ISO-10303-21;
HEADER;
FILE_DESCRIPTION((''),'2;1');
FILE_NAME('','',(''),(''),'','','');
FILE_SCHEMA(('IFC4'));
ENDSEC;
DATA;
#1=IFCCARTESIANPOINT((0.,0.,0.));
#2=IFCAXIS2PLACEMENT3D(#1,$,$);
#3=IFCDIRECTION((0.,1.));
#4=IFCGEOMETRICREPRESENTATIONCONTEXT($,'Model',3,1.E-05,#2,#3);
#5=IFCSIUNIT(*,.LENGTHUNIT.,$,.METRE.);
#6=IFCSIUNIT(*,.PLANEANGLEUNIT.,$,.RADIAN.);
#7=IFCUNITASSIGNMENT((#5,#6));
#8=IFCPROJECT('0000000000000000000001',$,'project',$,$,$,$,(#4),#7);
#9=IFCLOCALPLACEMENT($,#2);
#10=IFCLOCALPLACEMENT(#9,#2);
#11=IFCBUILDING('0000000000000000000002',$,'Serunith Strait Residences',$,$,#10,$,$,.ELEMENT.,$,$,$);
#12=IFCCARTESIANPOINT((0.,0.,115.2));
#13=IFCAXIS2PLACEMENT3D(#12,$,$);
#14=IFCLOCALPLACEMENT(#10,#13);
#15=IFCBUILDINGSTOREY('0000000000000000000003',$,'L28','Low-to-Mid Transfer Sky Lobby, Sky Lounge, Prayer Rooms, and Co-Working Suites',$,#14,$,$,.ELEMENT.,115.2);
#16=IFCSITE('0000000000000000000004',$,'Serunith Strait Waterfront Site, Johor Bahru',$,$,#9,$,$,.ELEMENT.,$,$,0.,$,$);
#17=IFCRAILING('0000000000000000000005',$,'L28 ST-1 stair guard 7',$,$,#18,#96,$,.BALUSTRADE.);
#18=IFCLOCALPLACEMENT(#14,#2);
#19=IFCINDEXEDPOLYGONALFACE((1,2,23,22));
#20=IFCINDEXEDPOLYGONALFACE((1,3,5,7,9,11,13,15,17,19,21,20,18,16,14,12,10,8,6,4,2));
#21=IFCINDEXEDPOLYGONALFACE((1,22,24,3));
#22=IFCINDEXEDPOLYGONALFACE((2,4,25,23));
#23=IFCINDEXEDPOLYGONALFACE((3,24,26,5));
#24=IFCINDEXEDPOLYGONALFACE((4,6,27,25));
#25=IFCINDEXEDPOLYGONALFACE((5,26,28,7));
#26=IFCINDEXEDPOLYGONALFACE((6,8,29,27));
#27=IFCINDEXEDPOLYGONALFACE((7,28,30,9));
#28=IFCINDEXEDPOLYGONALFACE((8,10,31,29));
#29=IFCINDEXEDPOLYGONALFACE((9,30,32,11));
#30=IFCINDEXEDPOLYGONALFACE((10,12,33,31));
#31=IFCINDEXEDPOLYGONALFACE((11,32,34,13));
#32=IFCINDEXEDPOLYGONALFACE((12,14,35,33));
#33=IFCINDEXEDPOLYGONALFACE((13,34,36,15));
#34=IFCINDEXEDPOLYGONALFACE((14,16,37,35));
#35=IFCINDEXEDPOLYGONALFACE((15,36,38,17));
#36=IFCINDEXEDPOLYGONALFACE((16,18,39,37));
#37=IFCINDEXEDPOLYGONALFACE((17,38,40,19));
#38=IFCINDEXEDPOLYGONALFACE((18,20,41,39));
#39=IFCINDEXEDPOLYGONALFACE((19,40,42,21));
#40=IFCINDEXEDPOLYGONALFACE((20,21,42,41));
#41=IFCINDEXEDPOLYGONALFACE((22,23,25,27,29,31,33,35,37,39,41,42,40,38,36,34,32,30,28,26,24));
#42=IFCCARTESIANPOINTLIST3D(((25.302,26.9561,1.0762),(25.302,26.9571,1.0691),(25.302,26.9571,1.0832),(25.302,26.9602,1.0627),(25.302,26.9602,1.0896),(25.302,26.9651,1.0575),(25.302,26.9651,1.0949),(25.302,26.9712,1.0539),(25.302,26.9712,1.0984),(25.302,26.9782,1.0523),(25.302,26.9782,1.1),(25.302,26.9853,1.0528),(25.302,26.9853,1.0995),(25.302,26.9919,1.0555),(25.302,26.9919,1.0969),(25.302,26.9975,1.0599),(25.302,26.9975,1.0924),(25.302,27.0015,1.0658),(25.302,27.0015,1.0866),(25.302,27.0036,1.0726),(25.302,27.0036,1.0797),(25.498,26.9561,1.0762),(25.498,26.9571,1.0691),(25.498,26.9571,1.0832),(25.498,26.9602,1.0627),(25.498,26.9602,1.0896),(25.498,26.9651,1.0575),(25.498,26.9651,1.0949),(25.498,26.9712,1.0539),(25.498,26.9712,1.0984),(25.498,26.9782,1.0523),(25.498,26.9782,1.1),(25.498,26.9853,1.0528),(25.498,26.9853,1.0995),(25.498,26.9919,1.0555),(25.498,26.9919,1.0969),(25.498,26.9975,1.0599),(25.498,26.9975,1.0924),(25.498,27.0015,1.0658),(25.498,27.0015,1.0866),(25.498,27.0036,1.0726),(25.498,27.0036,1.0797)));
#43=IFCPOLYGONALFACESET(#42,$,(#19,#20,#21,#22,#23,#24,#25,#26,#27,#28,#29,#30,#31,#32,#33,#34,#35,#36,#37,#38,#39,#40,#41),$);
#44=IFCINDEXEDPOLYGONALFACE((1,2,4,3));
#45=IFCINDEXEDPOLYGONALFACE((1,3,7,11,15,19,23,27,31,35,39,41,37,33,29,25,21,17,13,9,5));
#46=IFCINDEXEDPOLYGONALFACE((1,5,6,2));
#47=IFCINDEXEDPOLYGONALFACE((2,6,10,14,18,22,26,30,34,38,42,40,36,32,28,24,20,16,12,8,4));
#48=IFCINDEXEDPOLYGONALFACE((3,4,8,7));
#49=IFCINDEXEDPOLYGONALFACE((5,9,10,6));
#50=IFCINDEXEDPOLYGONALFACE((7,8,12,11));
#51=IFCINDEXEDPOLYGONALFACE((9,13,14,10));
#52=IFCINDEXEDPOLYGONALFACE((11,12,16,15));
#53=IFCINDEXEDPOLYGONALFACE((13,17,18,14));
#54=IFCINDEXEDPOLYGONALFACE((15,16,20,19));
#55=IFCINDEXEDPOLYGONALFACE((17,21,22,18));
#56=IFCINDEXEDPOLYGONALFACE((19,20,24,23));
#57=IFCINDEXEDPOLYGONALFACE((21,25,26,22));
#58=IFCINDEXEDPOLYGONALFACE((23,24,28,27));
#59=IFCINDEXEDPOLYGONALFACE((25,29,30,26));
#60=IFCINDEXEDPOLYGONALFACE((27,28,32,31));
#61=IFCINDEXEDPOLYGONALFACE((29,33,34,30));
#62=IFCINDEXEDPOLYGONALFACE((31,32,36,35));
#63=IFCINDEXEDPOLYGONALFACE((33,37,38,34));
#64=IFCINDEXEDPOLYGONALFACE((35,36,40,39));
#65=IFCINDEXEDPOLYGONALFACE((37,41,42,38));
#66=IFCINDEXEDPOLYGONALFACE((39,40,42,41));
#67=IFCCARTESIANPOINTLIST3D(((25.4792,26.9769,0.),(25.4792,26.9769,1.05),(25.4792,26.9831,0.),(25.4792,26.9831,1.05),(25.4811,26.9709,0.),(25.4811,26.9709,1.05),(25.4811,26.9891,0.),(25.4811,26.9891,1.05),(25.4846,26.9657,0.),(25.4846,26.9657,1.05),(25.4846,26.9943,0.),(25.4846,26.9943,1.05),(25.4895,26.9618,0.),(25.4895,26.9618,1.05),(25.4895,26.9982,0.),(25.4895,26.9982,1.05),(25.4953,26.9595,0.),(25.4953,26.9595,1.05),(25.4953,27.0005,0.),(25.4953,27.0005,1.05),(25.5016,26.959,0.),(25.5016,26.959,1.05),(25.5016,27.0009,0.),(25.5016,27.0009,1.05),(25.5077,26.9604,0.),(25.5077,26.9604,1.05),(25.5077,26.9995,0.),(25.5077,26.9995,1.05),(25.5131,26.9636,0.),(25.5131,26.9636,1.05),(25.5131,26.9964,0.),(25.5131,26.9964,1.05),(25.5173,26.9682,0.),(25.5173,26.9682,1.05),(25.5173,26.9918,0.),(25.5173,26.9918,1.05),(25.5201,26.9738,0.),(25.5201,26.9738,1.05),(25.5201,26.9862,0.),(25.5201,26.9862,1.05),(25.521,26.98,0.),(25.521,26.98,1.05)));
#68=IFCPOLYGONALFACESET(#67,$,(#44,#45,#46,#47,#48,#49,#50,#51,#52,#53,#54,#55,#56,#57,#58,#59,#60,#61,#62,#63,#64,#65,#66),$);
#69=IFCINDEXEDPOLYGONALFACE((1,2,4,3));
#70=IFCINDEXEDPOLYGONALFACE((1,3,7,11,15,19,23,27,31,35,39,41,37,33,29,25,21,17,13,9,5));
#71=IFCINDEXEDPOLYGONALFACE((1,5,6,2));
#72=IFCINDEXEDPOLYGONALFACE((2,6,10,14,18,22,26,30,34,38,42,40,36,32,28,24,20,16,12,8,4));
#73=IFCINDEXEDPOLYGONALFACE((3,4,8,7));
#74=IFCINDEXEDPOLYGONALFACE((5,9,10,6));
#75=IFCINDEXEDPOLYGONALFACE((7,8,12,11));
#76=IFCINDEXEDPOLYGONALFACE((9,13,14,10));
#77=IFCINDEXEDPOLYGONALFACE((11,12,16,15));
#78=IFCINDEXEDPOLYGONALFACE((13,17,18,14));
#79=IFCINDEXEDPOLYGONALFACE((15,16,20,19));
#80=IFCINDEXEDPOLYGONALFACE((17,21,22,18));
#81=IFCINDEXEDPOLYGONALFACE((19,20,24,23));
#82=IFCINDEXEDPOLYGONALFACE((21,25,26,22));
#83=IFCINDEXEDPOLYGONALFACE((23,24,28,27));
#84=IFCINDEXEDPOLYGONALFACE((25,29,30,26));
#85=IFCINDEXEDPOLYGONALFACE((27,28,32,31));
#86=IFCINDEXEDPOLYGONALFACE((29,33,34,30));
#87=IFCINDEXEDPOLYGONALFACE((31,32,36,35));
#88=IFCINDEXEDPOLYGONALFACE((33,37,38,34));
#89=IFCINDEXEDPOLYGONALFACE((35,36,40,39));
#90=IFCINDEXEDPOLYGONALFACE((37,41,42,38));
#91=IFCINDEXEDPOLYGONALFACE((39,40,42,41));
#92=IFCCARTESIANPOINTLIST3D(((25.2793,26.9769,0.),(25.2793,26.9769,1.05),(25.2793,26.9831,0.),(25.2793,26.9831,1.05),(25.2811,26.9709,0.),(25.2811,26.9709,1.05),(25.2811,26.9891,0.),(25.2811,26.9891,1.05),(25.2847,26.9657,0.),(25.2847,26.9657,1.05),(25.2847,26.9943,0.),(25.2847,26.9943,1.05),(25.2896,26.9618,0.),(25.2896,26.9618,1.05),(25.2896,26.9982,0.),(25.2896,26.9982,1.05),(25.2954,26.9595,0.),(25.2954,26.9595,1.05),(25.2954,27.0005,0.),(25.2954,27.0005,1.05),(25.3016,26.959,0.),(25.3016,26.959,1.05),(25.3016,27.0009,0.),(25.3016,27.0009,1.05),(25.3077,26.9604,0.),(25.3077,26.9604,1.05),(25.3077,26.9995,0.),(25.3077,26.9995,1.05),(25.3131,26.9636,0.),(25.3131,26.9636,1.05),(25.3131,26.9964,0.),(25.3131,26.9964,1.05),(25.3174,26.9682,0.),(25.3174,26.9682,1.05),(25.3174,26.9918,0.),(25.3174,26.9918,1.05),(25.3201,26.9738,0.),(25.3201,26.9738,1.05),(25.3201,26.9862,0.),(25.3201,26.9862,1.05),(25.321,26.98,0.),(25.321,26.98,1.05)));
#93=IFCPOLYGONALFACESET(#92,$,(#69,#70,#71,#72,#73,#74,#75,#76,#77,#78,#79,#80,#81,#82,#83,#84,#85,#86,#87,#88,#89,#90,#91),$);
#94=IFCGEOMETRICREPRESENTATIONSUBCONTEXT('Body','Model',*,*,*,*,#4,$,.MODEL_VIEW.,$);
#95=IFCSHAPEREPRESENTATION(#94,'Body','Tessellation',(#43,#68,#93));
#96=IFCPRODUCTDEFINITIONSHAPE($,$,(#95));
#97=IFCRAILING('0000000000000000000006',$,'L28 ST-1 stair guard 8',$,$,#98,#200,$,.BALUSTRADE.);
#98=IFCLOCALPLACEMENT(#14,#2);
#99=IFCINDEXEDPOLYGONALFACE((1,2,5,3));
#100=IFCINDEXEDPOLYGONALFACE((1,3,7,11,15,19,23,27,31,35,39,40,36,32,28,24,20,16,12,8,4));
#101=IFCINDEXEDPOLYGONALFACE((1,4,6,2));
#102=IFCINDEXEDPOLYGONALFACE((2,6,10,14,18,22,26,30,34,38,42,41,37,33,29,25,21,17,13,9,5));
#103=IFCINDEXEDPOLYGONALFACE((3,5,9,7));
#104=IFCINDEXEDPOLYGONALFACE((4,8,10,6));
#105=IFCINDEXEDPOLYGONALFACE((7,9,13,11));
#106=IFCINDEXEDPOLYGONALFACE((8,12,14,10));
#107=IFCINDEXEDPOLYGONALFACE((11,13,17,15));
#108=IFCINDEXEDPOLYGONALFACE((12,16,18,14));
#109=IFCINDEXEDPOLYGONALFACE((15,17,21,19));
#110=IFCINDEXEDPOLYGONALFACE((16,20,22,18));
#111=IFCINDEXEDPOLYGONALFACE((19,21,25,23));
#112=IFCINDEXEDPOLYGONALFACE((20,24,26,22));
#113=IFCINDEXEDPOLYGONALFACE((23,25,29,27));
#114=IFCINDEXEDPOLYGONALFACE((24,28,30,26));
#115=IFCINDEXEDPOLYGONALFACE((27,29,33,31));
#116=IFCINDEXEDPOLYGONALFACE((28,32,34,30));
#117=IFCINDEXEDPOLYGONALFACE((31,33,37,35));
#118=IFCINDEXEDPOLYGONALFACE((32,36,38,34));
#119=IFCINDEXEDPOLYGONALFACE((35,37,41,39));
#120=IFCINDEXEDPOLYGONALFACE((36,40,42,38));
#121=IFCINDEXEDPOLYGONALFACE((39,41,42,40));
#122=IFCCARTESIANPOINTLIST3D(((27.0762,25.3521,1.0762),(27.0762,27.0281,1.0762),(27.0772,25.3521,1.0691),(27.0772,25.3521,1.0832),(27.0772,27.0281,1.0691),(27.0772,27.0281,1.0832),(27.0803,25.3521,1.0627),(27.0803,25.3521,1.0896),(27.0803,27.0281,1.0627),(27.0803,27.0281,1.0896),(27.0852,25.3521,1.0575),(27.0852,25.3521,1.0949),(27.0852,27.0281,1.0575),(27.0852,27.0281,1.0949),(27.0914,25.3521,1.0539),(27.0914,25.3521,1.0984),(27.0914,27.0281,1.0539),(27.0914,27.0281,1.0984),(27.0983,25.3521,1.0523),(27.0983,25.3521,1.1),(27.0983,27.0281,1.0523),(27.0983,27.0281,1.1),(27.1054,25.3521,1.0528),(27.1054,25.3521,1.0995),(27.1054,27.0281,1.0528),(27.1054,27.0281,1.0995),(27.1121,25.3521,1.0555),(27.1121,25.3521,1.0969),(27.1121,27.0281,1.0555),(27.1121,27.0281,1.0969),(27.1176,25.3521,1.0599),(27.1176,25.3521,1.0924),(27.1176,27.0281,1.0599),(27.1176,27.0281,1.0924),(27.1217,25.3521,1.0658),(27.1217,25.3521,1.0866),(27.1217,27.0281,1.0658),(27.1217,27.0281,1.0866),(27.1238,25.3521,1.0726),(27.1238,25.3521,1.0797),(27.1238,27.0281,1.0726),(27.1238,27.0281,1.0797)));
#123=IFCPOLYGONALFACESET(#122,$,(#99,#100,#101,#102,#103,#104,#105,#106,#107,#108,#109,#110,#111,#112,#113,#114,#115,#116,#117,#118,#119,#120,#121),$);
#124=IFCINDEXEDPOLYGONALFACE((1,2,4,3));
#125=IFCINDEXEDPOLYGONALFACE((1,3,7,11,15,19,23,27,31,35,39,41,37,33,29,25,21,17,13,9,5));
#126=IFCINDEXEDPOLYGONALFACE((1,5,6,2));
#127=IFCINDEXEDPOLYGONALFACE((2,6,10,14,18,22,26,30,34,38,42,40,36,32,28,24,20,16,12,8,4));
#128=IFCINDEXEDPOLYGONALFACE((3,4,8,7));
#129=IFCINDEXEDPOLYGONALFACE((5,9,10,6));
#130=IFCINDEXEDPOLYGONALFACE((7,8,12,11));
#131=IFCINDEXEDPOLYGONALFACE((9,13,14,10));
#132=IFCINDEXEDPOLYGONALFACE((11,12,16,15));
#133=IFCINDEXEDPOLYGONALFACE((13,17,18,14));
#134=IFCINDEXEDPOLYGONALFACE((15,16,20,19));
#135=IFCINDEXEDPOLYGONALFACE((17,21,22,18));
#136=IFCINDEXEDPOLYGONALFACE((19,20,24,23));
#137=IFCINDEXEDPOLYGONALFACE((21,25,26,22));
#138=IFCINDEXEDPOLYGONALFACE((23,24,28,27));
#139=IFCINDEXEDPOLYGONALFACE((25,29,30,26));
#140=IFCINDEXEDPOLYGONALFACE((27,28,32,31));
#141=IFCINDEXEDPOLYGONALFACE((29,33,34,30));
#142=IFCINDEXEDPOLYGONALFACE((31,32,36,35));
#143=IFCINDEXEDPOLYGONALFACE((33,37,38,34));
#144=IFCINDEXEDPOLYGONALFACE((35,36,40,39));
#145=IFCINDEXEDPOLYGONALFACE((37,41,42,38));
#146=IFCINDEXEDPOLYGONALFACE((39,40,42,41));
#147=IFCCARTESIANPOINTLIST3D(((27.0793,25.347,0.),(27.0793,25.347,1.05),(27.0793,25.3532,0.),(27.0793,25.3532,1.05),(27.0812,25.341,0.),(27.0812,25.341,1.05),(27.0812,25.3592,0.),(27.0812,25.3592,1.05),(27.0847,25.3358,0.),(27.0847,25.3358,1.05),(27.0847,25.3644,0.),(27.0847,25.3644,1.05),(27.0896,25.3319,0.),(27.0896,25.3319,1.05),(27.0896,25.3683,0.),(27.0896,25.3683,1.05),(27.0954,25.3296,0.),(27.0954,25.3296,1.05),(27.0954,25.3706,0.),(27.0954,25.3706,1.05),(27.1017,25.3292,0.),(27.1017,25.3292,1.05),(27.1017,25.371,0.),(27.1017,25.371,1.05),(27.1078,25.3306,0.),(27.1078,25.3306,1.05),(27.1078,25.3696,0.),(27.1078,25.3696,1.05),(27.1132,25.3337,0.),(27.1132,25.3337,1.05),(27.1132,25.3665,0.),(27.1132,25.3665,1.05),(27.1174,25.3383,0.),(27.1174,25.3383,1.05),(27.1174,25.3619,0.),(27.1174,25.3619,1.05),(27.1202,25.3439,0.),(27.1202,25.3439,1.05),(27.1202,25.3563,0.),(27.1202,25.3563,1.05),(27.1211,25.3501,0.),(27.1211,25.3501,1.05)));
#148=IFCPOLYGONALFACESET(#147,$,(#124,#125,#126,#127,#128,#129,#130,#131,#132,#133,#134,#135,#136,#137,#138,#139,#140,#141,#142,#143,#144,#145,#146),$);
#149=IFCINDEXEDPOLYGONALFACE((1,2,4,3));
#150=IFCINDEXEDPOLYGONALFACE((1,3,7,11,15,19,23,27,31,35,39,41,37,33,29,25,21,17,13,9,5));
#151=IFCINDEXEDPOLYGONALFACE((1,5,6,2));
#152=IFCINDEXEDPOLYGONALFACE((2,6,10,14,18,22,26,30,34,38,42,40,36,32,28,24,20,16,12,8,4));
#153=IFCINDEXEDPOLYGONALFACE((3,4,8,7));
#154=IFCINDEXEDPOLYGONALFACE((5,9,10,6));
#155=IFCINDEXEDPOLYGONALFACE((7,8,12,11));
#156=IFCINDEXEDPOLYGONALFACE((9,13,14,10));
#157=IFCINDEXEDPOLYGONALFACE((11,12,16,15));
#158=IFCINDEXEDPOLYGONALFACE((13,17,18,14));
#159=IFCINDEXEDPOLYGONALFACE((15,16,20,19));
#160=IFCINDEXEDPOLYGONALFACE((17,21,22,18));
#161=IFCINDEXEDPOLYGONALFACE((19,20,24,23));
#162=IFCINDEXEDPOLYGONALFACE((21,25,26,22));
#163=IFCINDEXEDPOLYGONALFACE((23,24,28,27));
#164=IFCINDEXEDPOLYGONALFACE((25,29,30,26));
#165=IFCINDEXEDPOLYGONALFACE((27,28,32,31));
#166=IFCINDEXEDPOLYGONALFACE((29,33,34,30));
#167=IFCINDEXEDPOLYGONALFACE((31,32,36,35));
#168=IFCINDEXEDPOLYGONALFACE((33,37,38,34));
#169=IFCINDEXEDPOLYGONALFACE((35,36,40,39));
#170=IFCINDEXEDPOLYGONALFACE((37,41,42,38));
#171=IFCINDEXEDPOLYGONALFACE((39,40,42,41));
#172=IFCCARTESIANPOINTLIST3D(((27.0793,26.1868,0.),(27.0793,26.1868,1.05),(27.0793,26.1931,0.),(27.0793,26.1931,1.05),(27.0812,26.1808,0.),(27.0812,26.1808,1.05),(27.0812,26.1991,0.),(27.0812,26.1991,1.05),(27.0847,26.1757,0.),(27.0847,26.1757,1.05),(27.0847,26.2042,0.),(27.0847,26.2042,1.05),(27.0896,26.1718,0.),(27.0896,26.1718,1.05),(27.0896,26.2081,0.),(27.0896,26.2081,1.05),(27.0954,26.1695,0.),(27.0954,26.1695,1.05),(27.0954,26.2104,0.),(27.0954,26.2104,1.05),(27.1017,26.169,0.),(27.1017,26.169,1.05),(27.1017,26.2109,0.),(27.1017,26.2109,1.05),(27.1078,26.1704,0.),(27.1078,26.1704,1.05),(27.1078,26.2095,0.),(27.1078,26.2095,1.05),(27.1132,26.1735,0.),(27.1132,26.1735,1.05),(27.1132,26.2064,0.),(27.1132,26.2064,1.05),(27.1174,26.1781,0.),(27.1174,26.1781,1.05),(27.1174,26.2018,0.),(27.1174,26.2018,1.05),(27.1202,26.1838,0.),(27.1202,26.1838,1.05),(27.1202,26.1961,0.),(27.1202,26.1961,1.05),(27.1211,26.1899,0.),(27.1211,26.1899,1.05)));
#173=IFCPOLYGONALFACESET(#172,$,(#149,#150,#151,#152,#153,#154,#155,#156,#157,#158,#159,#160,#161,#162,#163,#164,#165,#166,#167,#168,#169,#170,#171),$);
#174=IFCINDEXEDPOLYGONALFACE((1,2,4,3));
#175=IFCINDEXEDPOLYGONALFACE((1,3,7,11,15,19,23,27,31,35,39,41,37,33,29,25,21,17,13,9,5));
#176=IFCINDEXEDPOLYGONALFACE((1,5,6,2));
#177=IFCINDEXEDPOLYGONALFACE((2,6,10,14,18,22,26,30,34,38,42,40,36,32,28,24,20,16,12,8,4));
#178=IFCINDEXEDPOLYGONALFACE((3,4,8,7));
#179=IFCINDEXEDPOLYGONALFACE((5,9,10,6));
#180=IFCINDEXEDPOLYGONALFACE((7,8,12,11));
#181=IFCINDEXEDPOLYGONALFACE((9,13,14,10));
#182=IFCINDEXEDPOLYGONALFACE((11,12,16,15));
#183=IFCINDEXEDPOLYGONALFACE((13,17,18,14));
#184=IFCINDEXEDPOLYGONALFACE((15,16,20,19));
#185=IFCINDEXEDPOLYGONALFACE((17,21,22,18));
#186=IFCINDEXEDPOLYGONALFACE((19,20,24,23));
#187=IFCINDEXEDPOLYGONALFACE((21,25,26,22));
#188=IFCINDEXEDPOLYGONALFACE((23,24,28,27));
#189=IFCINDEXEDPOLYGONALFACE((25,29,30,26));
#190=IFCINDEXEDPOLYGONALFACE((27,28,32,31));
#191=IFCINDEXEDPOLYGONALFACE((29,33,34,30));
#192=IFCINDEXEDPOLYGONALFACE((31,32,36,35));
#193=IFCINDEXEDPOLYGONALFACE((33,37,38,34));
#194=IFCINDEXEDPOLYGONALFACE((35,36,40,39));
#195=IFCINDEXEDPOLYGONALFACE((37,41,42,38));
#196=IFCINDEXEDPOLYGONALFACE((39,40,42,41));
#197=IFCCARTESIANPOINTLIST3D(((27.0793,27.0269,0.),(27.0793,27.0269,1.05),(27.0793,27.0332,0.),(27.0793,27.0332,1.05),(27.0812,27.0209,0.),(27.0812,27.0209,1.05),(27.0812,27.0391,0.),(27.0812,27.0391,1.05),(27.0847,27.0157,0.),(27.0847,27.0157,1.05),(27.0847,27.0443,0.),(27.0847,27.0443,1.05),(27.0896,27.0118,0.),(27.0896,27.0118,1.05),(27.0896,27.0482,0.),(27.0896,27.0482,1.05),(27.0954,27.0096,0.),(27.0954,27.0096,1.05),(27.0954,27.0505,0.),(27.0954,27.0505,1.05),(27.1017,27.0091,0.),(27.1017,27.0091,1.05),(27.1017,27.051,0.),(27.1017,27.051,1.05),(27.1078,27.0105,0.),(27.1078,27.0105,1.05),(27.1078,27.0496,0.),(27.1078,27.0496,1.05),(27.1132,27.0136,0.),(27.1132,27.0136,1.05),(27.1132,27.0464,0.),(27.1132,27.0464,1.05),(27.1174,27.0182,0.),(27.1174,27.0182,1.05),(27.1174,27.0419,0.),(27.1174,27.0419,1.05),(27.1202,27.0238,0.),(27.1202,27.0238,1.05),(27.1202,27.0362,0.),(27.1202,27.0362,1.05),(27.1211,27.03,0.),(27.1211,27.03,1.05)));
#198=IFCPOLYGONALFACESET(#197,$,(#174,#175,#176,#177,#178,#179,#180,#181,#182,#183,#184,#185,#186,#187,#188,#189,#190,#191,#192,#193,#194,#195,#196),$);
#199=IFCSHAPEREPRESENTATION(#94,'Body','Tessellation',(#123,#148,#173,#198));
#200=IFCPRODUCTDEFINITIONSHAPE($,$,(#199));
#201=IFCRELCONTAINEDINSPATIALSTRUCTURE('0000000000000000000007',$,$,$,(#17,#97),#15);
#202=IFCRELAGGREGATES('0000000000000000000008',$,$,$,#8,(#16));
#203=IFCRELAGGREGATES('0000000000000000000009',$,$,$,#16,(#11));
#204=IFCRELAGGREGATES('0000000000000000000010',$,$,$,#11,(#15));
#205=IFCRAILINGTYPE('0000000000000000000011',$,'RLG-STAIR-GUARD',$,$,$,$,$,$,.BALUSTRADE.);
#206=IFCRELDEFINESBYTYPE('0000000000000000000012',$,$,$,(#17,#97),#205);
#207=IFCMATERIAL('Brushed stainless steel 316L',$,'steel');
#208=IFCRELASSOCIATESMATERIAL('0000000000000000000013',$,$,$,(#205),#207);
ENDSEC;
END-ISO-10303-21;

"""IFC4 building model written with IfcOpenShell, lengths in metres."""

from ifc_helpers import new_model, si_unit, direction, frame, origin, origin_2d, place, context, subcontext, project, spatial, circle, extrude, material, type_object, element, save


model = new_model("IFC4")

# Units and contexts
model_context = context("Model", 3, precision=1e-05, world=origin(), true_north=direction((0.0, 1.0)))
body_context = subcontext(model_context, "Body", "Model", "MODEL_VIEW")
ifc_project = project(units=[si_unit("LENGTHUNIT", "METRE"), si_unit("PLANEANGLEUNIT", "RADIAN")], contexts=[model_context])

# Site, building, storey
site_placement = place(None, origin())
site = spatial("IfcSite", under=ifc_project, at=site_placement, Name="Serunith Strait Waterfront Site, Johor Bahru", CompositionType="ELEMENT", RefElevation=0.0)
building_placement = place(site_placement, origin())
building = spatial("IfcBuilding", under=site, at=building_placement, Name="Serunith Strait Residences", CompositionType="ELEMENT")
storey_placement = place(building_placement, frame((0.0, 0.0, 115.2)))
storey = spatial("IfcBuildingStorey", under=building, at=storey_placement, Name="L28", Description="Low-to-Mid Transfer Sky Lobby, Sky Lounge, Prayer Rooms, and Co-Working Suites", CompositionType="ELEMENT", Elevation=115.2)

# Railings
ifc_material_1 = material(Name="Brushed stainless steel 316L", Category="steel")
railing_type_1 = type_object("IfcRailingType", Name="RLG-STAIR-GUARD", PredefinedType="BALUSTRADE", material=ifc_material_1)
railing_1_placement = place(storey_placement, frame((25.5, 26.98, 0.0)))
element("IfcRailing", 1, at=railing_1_placement, inside=storey, type_object=railing_type_1, Name="L28 ST-1 stair guard 7", PredefinedType="BALUSTRADE", context=body_context, shape_type="SweptSolid", body=[
    extrude(circle(Radius=0.0239, at=origin_2d()), frame((-0.002, 0.0, 1.0762), z_axis=(-1.0, 0.0, 0.0), x_axis=(0.0, -1.0, 0.0)), (0.0, 0.0, 1.0), 0.196),
    extrude(circle(Radius=0.021, at=origin_2d()), origin(), (0.0, 0.0, 1.0), 1.05),
    extrude(circle(Radius=0.021, at=origin_2d()), frame((-0.2, 0.0, 0.0)), (0.0, 0.0, 1.0), 1.05),
])
for number, where, name in (
    (2, (27.1001, 25.3501, 0.0), "L28 ST-1 stair guard 8"),
):
    element("IfcRailing", number, at=place(storey_placement, frame(where)), inside=storey, type_object=railing_type_1, Name=name, PredefinedType="BALUSTRADE", context=body_context, shape_type="SweptSolid", body=[
        extrude(circle(Radius=0.0239, at=origin_2d()), frame((0.0, 0.002, 1.0762), z_axis=(0.0, 1.0, 0.0), x_axis=(-1.0, 0.0, 0.0)), (0.0, 0.0, 1.0), 1.676),
        extrude(circle(Radius=0.021, at=origin_2d()), origin(), (0.0, 0.0, 1.0), 1.05),
        extrude(circle(Radius=0.021, at=origin_2d()), frame((0.0, 0.8398, 0.0)), (0.0, 0.0, 1.0), 1.05),
        extrude(circle(Radius=0.021, at=origin_2d()), frame((0.0, 1.6799, 0.0)), (0.0, 0.0, 1.0), 1.05),
    ])

save(model, "model.ifc")
